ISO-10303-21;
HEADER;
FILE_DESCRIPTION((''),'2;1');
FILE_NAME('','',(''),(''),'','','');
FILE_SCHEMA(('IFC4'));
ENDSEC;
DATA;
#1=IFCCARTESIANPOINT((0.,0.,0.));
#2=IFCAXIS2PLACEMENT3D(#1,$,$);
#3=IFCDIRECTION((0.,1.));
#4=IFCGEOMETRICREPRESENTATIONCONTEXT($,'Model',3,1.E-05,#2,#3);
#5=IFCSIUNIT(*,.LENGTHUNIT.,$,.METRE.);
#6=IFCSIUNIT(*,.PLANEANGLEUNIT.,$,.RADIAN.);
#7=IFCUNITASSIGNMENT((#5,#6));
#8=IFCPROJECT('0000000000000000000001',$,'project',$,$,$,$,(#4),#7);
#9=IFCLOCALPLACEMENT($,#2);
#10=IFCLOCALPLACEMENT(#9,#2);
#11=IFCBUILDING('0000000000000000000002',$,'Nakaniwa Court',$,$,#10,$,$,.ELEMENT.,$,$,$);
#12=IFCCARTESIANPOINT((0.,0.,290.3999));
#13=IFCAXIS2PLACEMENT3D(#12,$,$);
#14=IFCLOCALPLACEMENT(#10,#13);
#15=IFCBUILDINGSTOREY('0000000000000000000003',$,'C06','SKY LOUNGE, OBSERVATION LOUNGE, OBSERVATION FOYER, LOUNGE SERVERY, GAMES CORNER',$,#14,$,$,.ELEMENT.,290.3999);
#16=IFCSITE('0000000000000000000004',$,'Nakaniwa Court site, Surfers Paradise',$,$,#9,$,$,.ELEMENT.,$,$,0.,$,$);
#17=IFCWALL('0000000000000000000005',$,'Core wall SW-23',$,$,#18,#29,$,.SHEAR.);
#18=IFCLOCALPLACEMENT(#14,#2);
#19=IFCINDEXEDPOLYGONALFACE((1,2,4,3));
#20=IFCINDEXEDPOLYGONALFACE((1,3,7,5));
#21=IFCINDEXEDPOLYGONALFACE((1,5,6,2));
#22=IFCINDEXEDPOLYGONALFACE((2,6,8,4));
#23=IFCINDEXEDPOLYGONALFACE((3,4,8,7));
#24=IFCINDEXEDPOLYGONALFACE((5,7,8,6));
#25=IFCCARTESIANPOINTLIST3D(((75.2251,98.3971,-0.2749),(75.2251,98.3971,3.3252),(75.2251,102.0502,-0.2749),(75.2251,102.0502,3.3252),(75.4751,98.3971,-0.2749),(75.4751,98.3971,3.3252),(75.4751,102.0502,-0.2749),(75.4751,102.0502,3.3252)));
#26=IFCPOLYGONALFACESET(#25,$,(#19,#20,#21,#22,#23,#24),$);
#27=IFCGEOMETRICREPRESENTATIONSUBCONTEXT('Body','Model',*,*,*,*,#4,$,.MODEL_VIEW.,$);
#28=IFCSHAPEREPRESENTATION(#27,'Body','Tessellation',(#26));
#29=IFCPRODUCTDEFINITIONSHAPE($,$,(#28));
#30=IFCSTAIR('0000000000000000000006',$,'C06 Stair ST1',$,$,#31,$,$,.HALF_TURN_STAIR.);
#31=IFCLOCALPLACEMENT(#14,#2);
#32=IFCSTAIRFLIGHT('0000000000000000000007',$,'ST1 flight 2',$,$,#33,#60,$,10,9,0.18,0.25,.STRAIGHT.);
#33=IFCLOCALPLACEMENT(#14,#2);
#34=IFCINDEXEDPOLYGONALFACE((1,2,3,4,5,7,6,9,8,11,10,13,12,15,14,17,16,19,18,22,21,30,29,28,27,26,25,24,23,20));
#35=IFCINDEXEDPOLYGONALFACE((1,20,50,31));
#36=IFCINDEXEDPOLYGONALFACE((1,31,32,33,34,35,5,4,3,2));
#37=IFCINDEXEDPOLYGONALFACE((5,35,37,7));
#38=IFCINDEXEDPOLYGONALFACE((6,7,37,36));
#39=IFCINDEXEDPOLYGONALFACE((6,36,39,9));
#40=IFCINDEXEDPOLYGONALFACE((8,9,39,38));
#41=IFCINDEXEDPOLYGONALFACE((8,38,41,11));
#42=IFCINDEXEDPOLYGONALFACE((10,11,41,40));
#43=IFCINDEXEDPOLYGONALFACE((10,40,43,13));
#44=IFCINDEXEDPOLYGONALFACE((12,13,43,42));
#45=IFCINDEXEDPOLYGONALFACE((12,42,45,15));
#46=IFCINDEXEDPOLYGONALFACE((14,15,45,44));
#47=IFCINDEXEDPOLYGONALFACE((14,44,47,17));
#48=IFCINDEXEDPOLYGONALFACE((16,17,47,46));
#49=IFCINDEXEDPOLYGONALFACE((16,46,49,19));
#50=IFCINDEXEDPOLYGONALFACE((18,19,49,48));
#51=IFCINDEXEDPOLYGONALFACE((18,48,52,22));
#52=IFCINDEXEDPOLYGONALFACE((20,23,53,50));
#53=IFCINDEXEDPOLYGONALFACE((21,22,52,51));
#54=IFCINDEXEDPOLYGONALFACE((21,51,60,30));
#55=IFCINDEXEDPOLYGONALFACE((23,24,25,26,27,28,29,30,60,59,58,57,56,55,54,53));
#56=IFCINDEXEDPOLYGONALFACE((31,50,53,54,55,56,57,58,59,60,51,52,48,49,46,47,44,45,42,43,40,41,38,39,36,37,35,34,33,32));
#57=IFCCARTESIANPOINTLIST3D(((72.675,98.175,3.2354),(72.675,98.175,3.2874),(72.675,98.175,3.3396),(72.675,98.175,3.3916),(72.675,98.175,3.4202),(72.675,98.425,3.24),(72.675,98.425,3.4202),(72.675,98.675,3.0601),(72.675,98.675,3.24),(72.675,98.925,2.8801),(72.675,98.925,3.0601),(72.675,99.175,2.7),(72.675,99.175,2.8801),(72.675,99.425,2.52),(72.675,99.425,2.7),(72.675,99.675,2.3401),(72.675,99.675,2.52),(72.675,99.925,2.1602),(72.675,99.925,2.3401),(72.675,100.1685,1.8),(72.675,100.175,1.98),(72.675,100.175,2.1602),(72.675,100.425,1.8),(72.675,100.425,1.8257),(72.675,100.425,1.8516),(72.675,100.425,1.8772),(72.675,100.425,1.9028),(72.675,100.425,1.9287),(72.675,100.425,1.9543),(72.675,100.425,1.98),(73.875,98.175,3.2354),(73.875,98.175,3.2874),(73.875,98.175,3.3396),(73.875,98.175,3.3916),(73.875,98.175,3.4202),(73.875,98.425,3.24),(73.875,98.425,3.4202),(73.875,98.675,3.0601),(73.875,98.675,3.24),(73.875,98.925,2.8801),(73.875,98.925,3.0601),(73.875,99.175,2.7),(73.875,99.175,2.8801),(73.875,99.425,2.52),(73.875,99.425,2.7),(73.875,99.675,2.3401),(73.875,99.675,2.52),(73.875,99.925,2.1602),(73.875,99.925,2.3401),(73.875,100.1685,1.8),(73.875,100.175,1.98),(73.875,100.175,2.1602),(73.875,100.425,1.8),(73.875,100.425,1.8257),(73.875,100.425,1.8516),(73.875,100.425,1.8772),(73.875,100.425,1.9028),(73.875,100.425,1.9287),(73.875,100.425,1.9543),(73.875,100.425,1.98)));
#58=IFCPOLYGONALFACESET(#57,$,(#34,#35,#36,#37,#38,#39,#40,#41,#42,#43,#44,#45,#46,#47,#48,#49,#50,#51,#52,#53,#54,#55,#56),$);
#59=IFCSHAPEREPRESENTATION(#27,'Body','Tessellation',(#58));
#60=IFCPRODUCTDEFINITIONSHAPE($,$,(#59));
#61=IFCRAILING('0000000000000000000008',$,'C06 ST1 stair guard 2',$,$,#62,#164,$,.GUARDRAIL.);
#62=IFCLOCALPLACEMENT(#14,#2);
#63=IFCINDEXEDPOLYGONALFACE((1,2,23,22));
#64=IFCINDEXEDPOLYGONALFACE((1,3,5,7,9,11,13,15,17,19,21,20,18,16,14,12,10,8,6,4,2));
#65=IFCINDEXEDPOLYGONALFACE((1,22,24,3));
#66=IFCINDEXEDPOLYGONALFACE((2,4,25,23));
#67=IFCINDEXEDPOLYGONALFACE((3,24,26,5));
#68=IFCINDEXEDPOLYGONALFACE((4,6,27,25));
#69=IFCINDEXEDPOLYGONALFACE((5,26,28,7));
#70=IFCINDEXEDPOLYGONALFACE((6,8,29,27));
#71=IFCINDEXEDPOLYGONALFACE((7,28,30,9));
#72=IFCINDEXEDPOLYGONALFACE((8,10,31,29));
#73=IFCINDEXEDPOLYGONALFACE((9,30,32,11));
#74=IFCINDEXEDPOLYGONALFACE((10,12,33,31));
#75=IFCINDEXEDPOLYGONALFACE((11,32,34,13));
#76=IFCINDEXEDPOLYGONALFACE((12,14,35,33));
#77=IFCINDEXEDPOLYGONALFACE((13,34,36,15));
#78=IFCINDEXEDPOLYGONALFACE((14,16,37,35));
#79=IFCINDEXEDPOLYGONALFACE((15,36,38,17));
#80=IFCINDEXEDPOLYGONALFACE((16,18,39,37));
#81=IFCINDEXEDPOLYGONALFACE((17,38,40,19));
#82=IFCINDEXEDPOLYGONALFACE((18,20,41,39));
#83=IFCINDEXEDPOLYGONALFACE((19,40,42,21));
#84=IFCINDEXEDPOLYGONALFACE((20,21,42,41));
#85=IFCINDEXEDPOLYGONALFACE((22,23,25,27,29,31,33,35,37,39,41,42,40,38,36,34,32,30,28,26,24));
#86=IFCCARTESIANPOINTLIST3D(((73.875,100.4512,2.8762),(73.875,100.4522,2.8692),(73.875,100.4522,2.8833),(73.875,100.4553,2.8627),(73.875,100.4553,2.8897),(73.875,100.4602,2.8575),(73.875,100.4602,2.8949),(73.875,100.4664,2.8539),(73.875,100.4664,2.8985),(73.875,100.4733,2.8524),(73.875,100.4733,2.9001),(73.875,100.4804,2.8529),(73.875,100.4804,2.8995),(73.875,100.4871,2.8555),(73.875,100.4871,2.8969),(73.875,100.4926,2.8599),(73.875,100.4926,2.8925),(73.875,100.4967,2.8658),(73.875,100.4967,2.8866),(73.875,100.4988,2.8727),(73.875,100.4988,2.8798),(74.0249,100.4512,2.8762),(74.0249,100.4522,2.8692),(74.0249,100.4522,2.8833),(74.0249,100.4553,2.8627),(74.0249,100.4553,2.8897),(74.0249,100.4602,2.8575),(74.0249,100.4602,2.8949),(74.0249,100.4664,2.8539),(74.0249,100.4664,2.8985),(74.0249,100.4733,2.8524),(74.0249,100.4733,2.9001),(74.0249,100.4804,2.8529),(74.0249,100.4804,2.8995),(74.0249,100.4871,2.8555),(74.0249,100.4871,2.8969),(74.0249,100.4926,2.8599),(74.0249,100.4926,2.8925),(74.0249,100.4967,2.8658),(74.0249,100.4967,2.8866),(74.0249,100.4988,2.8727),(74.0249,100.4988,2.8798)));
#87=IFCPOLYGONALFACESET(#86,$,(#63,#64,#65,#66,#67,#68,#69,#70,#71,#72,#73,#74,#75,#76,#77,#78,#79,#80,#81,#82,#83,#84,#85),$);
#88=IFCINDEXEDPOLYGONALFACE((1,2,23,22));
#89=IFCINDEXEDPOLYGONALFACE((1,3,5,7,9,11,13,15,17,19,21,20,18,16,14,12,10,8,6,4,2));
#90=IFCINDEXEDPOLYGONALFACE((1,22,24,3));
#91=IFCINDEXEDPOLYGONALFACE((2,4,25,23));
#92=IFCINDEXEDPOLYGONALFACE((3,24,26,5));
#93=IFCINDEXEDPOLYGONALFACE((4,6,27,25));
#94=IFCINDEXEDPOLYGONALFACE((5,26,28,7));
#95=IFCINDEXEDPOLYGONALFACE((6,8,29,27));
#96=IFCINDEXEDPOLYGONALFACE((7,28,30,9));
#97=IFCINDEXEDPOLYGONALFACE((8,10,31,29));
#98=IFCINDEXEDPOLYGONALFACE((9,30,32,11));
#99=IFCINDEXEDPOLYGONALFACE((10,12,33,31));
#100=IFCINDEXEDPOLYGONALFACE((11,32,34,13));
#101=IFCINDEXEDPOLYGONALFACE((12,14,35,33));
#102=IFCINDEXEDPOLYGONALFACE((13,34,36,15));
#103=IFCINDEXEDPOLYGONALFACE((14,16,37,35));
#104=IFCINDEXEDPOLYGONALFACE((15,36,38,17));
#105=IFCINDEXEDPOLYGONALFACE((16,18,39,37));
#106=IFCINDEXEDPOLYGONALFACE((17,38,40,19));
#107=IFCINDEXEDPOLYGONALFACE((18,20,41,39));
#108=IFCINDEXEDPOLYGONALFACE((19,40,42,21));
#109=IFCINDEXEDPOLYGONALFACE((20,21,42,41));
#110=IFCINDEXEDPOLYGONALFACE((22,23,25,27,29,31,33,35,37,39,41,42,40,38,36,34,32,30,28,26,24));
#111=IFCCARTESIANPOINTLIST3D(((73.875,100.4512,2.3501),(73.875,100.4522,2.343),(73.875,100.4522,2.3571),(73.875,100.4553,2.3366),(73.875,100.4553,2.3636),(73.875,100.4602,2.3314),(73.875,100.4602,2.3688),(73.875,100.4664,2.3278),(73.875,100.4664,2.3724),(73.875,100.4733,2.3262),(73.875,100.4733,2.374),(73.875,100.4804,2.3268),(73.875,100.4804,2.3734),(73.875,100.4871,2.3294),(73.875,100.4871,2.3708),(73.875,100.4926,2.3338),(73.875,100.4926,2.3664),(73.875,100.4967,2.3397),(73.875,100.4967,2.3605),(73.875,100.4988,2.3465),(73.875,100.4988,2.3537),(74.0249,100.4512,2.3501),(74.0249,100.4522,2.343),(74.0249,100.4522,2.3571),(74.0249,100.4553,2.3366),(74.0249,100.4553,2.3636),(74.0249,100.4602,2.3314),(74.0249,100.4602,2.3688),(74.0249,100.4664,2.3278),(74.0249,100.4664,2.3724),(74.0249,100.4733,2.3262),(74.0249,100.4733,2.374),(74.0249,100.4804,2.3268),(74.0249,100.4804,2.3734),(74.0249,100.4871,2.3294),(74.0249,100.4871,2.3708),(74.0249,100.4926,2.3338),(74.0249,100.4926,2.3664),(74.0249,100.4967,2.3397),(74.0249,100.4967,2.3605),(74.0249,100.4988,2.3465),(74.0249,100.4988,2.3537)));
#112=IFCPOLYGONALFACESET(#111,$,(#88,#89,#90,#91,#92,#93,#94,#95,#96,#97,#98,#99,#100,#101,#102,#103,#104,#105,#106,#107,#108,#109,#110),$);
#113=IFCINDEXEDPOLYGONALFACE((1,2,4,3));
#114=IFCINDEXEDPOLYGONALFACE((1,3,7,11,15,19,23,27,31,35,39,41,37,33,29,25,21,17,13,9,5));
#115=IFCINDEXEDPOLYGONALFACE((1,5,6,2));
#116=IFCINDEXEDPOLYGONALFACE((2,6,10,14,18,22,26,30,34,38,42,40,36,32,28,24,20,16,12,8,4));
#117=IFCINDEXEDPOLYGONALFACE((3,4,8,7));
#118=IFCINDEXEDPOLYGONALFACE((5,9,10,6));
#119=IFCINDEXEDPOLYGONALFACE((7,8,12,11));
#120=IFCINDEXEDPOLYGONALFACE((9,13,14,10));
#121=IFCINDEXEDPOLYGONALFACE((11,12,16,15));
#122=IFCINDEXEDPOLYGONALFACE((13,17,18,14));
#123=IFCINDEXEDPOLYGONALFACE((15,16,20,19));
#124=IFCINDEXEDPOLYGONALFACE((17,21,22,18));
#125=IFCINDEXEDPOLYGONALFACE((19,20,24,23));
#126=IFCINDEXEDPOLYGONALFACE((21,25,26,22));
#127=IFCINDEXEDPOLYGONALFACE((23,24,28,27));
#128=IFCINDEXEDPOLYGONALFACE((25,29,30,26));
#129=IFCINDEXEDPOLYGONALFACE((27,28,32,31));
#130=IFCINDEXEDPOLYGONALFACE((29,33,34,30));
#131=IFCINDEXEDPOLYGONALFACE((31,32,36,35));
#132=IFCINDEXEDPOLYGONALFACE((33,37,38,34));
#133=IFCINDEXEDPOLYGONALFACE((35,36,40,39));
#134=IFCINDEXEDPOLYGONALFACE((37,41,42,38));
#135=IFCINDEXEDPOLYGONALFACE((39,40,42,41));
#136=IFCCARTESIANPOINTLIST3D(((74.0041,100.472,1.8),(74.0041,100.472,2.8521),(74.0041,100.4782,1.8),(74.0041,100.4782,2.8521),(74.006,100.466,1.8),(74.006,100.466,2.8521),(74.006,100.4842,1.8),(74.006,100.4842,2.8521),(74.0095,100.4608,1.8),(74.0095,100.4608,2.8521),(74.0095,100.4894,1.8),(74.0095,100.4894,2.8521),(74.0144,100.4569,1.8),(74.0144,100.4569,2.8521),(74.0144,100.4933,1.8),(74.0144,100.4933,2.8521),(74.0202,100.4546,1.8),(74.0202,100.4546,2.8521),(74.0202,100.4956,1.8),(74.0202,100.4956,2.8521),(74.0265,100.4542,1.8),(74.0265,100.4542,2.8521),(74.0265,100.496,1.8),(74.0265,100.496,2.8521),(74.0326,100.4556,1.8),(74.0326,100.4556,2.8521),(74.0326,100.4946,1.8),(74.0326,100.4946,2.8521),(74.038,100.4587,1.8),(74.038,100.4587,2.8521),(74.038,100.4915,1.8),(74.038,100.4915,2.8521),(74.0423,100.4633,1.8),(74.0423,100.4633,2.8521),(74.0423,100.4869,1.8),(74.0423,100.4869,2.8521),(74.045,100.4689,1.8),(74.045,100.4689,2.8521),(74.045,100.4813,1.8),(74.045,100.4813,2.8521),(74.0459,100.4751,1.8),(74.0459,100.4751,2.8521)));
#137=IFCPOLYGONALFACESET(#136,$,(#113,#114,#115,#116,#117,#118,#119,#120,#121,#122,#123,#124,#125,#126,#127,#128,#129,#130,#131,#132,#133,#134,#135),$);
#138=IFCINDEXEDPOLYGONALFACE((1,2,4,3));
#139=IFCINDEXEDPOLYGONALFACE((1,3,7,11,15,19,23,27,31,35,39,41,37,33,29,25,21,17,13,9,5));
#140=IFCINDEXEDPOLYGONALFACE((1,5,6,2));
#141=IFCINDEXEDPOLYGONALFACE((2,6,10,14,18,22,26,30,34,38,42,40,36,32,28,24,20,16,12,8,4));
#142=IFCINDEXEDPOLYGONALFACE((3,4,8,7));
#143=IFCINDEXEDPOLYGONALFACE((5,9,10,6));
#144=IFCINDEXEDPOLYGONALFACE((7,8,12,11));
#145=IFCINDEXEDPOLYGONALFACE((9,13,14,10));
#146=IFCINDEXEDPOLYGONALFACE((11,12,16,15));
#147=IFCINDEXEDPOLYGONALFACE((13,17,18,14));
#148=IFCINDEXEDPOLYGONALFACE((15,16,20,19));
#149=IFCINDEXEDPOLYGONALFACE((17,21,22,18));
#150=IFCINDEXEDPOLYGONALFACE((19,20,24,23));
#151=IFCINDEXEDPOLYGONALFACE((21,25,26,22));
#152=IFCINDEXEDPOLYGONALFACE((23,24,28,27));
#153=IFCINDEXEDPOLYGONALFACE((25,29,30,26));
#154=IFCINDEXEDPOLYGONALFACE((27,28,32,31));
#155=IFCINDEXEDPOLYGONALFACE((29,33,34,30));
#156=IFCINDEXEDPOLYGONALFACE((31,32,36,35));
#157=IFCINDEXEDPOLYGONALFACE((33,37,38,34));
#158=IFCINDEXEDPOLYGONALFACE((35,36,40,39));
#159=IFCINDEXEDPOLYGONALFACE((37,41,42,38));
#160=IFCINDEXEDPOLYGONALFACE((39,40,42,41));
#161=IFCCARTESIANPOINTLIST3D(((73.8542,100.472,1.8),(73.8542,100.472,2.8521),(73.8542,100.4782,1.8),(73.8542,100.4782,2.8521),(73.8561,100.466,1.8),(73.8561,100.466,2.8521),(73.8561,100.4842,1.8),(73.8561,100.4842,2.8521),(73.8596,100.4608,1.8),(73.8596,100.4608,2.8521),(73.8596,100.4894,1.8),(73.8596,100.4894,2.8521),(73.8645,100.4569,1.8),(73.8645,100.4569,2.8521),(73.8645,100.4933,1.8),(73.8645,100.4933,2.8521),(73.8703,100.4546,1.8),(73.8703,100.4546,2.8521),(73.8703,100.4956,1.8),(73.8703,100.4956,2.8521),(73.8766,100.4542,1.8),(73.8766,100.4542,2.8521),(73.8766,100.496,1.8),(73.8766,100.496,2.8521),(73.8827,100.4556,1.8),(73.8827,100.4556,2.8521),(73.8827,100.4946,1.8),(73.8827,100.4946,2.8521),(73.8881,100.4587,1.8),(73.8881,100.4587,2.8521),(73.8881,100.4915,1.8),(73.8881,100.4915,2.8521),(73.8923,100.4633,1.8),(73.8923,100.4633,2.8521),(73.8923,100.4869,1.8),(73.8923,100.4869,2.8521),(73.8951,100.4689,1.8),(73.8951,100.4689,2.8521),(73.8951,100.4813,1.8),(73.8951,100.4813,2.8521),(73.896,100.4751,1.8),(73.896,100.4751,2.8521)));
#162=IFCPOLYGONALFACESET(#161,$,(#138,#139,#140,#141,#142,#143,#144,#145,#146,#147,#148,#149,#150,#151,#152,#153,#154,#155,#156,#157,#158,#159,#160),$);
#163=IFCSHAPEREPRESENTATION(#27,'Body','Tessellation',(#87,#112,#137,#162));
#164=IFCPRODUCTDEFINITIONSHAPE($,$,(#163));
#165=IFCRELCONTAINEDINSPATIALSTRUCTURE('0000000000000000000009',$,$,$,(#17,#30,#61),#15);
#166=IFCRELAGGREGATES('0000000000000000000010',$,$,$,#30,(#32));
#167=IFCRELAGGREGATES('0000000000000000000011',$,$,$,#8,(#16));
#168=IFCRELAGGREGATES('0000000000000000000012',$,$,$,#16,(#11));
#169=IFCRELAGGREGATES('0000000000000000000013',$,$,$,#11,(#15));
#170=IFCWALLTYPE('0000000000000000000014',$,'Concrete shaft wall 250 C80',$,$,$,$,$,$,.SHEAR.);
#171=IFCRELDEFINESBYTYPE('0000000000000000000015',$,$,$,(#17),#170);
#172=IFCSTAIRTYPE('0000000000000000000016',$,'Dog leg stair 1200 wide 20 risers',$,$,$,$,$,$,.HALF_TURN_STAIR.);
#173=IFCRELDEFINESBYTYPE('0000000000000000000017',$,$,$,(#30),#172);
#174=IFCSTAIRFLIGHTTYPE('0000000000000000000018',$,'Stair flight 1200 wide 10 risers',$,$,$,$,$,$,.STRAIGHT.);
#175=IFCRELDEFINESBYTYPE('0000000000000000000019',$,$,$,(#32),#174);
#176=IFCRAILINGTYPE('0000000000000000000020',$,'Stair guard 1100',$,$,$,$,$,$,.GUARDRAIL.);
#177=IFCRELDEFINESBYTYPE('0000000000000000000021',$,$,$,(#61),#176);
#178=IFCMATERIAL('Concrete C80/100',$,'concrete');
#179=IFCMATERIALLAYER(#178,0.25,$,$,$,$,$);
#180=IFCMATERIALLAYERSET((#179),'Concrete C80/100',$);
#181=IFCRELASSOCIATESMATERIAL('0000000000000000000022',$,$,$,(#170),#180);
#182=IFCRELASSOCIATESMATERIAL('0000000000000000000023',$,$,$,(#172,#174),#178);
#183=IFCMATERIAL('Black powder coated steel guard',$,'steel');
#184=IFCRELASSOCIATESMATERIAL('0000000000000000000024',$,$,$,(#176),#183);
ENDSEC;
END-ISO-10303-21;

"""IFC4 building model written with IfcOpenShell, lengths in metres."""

from ifc_helpers import new_model, si_unit, direction, frame, frame_2d, origin, origin_2d, place, context, subcontext, project, spatial, polyline, rectangle, circle, outline, extrude, material, layer, layer_set, type_object, element, aggregate, save


model = new_model("IFC4")

# Units and contexts
model_context = context("Model", 3, precision=1e-05, world=origin(), true_north=direction((0.0, 1.0)))
body_context = subcontext(model_context, "Body", "Model", "MODEL_VIEW")
ifc_project = project(units=[si_unit("LENGTHUNIT", "METRE"), si_unit("PLANEANGLEUNIT", "RADIAN")], contexts=[model_context])

# Site, building, storey
site_placement = place(None, origin())
site = spatial("IfcSite", under=ifc_project, at=site_placement, Name="Nakaniwa Court site, Surfers Paradise", CompositionType="ELEMENT", RefElevation=0.0)
building_placement = place(site_placement, origin())
building = spatial("IfcBuilding", under=site, at=building_placement, Name="Nakaniwa Court", CompositionType="ELEMENT")
storey_placement = place(building_placement, frame((0.0, 0.0, 290.3999)))
storey = spatial("IfcBuildingStorey", under=building, at=storey_placement, Name="C06", Description="SKY LOUNGE, OBSERVATION LOUNGE, OBSERVATION FOYER, LOUNGE SERVERY, GAMES CORNER", CompositionType="ELEMENT", Elevation=290.3999)

# Shared definitions
ifc_material_1 = material(Name="Concrete C80/100", Category="concrete")

# Wall
ifc_layer_1 = layer(ifc_material_1, 0.25)
ifc_layer_set_1 = layer_set([ifc_layer_1], Name="Concrete C80/100")
wall_type_1 = type_object("IfcWallType", Name="Concrete shaft wall 250 C80", PredefinedType="SHEAR", material=ifc_layer_set_1)
wall_1_placement = place(storey_placement, frame((75.3501, 98.397, -0.2749), z_axis=(0.0, 0.0, 1.0), x_axis=(0.0, 1.0, 0.0)))
element("IfcWall", 1, at=wall_1_placement, inside=storey, type_object=wall_type_1, Name="Core wall SW-23", PredefinedType="SHEAR", context=body_context, shape_type="SweptSolid", body=[
    extrude(rectangle(XDim=3.6531, YDim=0.25, at=frame_2d((1.8267, 0.0))), origin(), (0.0, 0.0, 1.0), 3.6001),
])

# Stair, stair flight
stair_type = type_object("IfcStairType", Name="Dog leg stair 1200 wide 20 risers", PredefinedType="HALF_TURN_STAIR", material=ifc_material_1)
stair_placement = place(storey_placement, origin())
stair = element("IfcStair", 2, at=stair_placement, inside=storey, type_object=stair_type, Name="C06 Stair ST1", PredefinedType="HALF_TURN_STAIR")
stair_flight_type = type_object("IfcStairFlightType", Name="Stair flight 1200 wide 10 risers", PredefinedType="STRAIGHT", material=ifc_material_1)
stair_flight_placement = place(storey_placement, frame((73.2749, 100.425, 1.8), z_axis=(0.0, 0.0, 1.0), x_axis=(0.0, -1.0, 0.0)))
stair_flight = element("IfcStairFlight", 3, at=stair_flight_placement, type_object=stair_flight_type, Name="ST1 flight 2", NumberOfRisers=10, NumberOfTreads=9, PredefinedType="STRAIGHT", RiserHeight=0.18, TreadLength=0.25, context=body_context, shape_type="SweptSolid", body=[
    extrude(outline(polyline([(0.0, 0.0), (0.0, 0.0256), (0.0, 0.0515), (0.0, 0.0771), (0.0, 0.1028), (0.0, 0.1287), (0.0, 0.1543), (0.0, 0.1799), (0.25, 0.1799), (0.25, 0.3601), (0.5, 0.3601), (0.5, 0.54), (0.75, 0.54), (0.75, 0.72), (1.0, 0.72), (1.0, 0.8999), (1.25, 0.8999), (1.25, 1.0801), (1.5, 1.0801), (1.5, 1.26), (1.75, 1.26), (1.75, 1.4399), (2.0, 1.4399), (2.0, 1.6201), (2.25, 1.6201), (2.25, 1.8), (2.25, 1.7478), (2.25, 1.6958), (2.25, 1.6438), (2.25, 1.5916), (2.25, 1.5396), (2.25, 1.4873), (2.25, 1.4353), (0.2566, 0.0), (0.0, 0.0)])), frame((0.0, 0.6001, 0.0), z_axis=(0.0, -1.0, 0.0), x_axis=(1.0, 0.0, 0.0)), (0.0, 0.0, 1.0), 1.2),
])
aggregate(stair, [stair_flight])

# Railing
ifc_material_2 = material(Name="Black powder coated steel guard", Category="steel")
railing_type_1 = type_object("IfcRailingType", Name="Stair guard 1100", PredefinedType="GUARDRAIL", material=ifc_material_2)
railing_1_placement = place(storey_placement, frame((74.0249, 100.4751, 1.8)))
element("IfcRailing", 4, at=railing_1_placement, inside=storey, type_object=railing_type_1, Name="C06 ST1 stair guard 2", PredefinedType="GUARDRAIL", context=body_context, shape_type="SweptSolid", body=[
    extrude(circle(Radius=0.0239, at=origin_2d()), frame((0.0, 0.0, 1.0762), z_axis=(-1.0, 0.0, 0.0), x_axis=(0.0, -1.0, 0.0)), (0.0, 0.0, 1.0), 0.1499),
    extrude(circle(Radius=0.0239, at=origin_2d()), frame((0.0, 0.0, 0.55), z_axis=(-1.0, 0.0, 0.0), x_axis=(0.0, -1.0, 0.0)), (0.0, 0.0, 1.0), 0.1499),
    extrude(circle(Radius=0.021, at=origin_2d()), origin(), (0.0, 0.0, 1.0), 1.052),
    extrude(circle(Radius=0.021, at=origin_2d()), frame((-0.1499, 0.0, 0.0)), (0.0, 0.0, 1.0), 1.052),
])

save(model, "model.ifc")
